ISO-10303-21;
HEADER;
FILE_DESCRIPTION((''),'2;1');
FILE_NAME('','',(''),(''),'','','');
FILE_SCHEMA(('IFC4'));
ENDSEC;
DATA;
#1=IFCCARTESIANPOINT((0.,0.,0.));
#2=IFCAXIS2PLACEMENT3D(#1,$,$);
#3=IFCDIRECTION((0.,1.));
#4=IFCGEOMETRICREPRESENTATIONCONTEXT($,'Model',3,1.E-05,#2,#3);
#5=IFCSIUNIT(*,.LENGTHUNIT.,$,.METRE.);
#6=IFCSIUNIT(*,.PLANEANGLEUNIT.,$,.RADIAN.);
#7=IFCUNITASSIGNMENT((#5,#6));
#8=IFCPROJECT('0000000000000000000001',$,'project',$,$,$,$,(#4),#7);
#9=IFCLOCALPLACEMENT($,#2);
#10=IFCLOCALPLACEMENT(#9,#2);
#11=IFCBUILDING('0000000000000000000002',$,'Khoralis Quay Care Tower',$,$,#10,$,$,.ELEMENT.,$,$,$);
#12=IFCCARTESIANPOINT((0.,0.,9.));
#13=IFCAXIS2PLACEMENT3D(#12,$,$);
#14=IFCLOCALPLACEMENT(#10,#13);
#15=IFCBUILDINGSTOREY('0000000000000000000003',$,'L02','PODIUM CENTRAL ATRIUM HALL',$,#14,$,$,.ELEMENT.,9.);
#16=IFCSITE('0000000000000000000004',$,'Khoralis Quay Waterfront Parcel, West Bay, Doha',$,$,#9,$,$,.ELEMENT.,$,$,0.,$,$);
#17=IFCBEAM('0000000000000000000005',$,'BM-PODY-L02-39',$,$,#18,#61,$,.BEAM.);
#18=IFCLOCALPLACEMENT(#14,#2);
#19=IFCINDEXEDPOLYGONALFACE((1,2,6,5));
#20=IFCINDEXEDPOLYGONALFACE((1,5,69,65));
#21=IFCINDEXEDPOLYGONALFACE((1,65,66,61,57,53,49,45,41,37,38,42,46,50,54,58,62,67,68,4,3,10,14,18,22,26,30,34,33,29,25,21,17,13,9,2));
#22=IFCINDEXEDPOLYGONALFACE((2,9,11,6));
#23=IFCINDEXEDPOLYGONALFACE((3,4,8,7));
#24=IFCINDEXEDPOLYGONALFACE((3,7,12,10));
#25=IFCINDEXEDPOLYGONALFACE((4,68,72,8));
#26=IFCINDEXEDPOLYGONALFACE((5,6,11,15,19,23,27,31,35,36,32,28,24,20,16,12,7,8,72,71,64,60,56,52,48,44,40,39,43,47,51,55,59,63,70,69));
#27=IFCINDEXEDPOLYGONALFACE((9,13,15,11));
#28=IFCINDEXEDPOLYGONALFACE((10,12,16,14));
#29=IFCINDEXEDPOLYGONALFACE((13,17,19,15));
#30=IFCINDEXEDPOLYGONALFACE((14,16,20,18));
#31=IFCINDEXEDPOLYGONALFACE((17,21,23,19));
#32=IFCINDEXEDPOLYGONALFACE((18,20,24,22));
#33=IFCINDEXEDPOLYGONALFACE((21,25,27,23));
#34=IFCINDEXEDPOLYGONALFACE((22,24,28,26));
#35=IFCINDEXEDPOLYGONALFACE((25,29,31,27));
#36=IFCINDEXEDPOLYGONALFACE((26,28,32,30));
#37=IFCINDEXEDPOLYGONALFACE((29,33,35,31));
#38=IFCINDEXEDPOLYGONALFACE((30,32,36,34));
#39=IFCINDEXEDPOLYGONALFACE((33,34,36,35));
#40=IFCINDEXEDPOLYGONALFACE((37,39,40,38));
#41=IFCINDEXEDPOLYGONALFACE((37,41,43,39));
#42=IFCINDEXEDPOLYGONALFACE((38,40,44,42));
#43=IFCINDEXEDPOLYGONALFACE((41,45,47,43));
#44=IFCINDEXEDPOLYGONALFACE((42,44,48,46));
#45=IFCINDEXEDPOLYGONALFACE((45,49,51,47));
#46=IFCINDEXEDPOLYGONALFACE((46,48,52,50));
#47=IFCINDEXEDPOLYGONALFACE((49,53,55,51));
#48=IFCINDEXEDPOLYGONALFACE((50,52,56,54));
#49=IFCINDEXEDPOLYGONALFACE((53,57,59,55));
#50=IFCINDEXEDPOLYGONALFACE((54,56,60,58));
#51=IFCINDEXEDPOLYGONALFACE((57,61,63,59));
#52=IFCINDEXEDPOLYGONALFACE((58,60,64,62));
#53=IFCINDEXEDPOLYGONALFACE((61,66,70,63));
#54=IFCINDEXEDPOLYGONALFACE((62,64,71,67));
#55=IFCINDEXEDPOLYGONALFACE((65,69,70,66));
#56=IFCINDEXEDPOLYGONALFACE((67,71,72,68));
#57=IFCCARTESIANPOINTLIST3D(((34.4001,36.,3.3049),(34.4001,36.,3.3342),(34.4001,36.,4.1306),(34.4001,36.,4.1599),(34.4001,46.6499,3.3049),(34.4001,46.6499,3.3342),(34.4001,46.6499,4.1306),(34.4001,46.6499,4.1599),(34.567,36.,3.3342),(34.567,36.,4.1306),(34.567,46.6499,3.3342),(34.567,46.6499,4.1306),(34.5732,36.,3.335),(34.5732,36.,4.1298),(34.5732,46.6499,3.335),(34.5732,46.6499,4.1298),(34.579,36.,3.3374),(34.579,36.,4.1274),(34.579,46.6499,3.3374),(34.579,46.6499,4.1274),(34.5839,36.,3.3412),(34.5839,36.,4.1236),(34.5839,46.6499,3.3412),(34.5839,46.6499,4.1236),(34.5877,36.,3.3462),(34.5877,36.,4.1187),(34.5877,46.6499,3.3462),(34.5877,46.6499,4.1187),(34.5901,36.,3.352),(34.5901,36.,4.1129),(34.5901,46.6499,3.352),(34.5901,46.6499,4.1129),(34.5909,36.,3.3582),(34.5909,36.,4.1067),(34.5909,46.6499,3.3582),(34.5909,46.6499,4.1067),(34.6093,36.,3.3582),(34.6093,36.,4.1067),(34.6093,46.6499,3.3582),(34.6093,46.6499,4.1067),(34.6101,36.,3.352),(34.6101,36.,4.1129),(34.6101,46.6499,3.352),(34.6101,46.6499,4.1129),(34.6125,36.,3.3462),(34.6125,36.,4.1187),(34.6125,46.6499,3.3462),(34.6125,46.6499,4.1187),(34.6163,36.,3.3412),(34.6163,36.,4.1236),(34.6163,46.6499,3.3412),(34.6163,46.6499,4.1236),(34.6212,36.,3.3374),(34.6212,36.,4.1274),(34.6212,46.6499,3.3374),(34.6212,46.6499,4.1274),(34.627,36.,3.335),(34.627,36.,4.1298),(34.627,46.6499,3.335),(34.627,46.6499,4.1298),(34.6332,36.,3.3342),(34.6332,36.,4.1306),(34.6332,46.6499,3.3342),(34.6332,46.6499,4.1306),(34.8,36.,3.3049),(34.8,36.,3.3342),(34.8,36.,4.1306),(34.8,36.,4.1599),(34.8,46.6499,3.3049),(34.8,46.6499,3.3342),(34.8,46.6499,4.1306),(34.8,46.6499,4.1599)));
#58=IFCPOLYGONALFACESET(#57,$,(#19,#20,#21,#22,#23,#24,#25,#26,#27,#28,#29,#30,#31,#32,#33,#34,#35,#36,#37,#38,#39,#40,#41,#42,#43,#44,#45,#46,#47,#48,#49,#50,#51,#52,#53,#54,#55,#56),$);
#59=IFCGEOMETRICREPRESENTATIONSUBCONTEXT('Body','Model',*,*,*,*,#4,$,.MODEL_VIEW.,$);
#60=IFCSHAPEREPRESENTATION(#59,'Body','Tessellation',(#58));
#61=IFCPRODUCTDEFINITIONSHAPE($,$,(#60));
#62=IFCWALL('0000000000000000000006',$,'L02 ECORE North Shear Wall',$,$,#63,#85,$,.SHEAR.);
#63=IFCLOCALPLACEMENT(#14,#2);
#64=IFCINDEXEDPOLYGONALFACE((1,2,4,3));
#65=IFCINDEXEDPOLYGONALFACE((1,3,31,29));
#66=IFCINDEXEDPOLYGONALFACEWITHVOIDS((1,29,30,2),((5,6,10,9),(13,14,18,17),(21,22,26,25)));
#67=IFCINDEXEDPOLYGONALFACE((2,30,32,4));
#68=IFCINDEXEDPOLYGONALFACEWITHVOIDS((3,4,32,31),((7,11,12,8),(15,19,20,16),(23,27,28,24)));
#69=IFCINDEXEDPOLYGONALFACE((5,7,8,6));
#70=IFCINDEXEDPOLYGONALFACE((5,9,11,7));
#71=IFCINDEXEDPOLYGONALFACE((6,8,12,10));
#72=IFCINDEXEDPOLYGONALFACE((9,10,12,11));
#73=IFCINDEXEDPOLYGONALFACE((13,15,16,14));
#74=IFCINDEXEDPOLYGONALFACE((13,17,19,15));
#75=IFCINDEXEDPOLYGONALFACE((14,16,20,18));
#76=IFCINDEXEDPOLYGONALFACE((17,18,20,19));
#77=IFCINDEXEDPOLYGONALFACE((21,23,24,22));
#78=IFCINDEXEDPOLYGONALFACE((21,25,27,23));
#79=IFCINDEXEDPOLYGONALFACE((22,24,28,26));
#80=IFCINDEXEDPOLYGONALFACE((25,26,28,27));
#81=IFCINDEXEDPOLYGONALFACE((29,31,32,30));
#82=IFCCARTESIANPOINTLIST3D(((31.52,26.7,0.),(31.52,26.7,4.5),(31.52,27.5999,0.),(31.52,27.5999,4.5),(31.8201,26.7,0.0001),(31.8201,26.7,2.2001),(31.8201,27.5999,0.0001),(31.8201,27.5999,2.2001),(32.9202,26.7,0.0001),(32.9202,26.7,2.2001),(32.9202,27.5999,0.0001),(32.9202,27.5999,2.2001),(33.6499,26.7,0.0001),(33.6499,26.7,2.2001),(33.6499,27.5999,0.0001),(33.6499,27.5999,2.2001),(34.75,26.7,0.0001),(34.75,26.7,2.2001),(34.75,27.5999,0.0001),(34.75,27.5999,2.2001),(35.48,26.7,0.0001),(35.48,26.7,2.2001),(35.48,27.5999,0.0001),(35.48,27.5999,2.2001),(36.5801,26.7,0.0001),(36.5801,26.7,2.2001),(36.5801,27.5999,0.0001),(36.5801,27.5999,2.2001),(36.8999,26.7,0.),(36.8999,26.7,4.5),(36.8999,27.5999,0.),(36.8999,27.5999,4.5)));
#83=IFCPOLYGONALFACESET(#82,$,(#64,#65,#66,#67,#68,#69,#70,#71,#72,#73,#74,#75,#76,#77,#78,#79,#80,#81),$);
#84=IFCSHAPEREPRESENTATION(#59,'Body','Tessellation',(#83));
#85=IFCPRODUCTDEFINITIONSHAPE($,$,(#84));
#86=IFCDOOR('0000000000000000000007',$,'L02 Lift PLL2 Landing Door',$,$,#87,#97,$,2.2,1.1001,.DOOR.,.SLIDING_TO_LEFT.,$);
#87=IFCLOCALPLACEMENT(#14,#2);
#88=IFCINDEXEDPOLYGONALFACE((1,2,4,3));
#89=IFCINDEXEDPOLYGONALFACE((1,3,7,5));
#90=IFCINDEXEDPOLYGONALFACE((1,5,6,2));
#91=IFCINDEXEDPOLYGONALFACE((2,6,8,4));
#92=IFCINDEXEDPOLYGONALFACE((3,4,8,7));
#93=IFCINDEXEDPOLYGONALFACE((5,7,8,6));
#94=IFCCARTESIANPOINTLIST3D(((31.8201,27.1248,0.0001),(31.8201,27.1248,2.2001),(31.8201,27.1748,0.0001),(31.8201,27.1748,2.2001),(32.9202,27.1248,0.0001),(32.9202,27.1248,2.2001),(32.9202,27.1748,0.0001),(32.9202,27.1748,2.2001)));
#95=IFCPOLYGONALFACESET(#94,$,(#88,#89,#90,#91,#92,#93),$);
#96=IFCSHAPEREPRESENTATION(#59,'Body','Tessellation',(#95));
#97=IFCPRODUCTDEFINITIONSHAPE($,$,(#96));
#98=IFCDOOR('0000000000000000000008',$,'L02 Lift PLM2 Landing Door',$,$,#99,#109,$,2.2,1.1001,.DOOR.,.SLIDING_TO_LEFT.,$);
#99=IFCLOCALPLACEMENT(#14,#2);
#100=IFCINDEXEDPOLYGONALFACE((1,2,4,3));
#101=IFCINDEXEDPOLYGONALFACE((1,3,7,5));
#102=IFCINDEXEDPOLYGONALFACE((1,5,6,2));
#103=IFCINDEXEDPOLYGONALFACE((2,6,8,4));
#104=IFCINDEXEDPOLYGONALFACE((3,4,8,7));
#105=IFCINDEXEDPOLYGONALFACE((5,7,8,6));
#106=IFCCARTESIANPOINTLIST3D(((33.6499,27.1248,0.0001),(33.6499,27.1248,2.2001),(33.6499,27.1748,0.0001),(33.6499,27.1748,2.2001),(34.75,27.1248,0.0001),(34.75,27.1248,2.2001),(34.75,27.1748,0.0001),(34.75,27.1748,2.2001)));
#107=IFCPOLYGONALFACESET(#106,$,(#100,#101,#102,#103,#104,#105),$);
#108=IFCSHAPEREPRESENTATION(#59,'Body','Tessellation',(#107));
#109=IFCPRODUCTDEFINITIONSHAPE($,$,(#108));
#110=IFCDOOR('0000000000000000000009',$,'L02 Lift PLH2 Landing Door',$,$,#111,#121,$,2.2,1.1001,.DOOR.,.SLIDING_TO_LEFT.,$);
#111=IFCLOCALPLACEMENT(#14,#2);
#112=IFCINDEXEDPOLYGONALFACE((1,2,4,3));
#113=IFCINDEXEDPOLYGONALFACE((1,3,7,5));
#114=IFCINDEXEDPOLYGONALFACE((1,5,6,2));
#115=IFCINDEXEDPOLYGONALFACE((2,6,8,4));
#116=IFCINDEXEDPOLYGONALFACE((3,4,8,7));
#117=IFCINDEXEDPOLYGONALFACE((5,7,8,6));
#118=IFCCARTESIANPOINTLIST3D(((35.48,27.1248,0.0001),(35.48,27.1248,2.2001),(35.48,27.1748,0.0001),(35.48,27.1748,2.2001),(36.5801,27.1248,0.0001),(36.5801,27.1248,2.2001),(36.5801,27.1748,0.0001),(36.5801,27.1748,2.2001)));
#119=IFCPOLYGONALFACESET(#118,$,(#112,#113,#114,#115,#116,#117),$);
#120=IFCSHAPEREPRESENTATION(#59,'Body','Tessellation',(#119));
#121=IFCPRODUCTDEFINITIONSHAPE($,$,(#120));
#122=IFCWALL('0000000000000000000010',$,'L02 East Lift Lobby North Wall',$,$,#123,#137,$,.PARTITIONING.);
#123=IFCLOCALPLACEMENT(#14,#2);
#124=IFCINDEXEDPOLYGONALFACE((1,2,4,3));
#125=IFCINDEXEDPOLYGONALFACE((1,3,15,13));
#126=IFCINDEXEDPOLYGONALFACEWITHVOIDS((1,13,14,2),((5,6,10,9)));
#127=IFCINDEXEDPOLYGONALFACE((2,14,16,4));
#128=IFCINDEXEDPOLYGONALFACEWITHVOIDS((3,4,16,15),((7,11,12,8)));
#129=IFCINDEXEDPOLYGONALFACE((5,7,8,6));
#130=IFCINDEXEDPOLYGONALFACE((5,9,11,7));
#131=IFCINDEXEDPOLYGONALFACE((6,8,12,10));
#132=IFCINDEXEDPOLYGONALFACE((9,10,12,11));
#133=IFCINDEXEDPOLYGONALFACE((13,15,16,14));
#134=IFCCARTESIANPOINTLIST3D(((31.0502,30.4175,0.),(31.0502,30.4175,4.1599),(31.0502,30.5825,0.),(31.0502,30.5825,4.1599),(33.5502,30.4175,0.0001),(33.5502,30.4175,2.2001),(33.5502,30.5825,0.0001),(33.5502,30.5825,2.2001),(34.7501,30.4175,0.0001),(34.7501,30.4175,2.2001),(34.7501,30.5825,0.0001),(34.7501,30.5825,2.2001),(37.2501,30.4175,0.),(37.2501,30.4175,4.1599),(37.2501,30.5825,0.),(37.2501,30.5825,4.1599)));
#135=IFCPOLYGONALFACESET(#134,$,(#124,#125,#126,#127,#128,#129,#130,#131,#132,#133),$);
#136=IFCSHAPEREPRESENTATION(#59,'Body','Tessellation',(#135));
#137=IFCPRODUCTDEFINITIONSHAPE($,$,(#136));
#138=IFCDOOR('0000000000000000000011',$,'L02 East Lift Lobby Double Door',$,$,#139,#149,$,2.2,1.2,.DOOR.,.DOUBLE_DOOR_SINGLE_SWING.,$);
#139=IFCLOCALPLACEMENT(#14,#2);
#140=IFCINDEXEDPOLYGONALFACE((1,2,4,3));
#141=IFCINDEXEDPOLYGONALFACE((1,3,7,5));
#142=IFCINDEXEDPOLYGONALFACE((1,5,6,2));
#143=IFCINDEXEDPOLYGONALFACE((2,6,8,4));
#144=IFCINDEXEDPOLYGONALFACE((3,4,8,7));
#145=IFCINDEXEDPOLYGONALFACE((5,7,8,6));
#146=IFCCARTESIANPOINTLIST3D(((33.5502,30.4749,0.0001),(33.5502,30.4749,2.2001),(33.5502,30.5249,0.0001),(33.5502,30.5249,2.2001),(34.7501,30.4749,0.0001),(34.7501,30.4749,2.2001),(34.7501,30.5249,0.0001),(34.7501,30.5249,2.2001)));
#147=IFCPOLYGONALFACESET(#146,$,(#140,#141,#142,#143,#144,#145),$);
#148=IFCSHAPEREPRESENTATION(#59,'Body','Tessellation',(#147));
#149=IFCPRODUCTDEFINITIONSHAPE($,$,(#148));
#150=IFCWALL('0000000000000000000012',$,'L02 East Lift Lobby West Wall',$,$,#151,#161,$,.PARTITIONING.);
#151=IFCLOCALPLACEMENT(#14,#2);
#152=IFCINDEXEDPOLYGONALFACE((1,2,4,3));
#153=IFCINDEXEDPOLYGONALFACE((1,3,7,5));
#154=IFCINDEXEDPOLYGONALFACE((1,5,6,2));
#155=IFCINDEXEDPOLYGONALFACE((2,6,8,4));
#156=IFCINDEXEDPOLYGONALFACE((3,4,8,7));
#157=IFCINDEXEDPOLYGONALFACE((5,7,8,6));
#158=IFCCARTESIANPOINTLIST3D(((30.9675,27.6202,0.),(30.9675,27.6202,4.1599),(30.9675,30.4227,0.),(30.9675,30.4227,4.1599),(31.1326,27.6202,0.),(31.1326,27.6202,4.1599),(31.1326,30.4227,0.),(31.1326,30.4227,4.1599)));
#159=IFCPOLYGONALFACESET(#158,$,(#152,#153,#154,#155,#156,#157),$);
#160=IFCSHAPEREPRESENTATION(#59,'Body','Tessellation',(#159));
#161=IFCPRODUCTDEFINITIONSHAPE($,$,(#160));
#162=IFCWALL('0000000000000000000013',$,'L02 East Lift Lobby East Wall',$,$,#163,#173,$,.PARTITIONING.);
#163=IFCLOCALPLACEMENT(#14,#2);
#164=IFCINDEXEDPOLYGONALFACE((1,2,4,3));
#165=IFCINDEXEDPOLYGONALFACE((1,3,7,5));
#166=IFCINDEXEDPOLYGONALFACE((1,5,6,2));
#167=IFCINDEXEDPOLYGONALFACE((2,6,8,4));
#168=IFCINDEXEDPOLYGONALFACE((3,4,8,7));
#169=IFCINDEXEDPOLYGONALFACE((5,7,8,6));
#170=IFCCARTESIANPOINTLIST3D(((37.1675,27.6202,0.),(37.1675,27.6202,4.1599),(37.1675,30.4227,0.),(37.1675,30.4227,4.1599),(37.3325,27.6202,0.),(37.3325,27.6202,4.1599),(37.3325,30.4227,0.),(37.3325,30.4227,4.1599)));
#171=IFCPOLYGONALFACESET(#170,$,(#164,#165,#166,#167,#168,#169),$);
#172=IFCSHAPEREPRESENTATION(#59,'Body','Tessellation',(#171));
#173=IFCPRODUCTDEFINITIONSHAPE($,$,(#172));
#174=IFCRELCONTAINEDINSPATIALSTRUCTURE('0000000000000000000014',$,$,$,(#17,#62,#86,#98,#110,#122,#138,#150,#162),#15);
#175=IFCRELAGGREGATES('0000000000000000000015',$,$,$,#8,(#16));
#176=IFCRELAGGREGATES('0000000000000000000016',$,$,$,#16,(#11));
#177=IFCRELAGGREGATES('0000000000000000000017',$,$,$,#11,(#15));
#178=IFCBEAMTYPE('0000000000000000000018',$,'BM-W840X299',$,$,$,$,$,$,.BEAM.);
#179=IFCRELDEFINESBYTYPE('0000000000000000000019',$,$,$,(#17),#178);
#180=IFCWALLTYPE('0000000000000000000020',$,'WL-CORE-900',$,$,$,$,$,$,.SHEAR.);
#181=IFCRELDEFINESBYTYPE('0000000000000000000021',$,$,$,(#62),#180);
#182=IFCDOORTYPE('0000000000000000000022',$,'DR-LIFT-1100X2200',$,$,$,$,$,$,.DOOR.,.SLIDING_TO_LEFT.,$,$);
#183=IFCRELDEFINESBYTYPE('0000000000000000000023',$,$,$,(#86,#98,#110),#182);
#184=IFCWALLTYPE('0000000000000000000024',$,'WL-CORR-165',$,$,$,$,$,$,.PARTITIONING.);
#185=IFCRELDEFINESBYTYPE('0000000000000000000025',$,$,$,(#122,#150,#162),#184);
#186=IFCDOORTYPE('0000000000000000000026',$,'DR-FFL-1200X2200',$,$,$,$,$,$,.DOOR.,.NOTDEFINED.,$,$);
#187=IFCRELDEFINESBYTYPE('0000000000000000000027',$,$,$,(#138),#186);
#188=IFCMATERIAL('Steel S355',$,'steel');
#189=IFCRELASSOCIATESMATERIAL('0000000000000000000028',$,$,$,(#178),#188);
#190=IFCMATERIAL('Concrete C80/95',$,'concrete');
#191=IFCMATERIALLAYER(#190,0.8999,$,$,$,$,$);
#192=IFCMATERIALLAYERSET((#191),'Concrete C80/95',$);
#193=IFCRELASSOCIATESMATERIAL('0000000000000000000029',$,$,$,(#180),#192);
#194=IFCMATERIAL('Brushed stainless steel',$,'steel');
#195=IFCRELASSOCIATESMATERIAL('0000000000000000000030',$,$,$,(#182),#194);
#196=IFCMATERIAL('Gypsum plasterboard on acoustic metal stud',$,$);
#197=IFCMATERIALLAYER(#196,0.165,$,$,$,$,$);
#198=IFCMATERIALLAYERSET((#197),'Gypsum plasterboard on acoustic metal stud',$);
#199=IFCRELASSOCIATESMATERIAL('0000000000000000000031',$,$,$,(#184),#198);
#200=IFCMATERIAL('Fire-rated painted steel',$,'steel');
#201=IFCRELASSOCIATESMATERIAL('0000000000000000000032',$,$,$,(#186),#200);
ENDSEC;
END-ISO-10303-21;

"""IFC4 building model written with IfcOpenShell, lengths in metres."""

from ifc_helpers import new_model, si_unit, direction, frame, frame_2d, origin, origin_2d, place, context, subcontext, project, spatial, rectangle, i_section, extrude, source, transform, mapped, material, layer, layer_set, material_profile, profile_set, type_object, element, fill, save


model = new_model("IFC4")

# Units and contexts
model_context = context("Model", 3, precision=1e-05, world=origin(), true_north=direction((0.0, 1.0)))
body_context = subcontext(model_context, "Body", "Model", "MODEL_VIEW")
ifc_project = project(units=[si_unit("LENGTHUNIT", "METRE"), si_unit("PLANEANGLEUNIT", "RADIAN")], contexts=[model_context])

# Site, building, storey
site_placement = place(None, origin())
site = spatial("IfcSite", under=ifc_project, at=site_placement, Name="Khoralis Quay Waterfront Parcel, West Bay, Doha", CompositionType="ELEMENT", RefElevation=0.0)
building_placement = place(site_placement, origin())
building = spatial("IfcBuilding", under=site, at=building_placement, Name="Khoralis Quay Care Tower", CompositionType="ELEMENT")
storey_placement = place(building_placement, frame((0.0, 0.0, 9.0)))
storey = spatial("IfcBuildingStorey", under=building, at=storey_placement, Name="L02", Description="PODIUM CENTRAL ATRIUM HALL", CompositionType="ELEMENT", Elevation=9.0)

# Shared definitions
ifc_material_1 = material(Name="Concrete C80/95", Category="concrete")

# Beam
ifc_material_2 = material(Name="Steel S355", Category="steel")
ifc_material_profile_1 = material_profile(ifc_material_2, i_section(OverallWidth=0.3999, OverallDepth=0.855, WebThickness=0.0183, FlangeThickness=0.0293, FilletRadius=0.0239, at=origin_2d()), Name="Steel S355")
ifc_profile_set_1 = profile_set([ifc_material_profile_1], Name="Steel S355")
beam_type_1 = type_object("IfcBeamType", Name="BM-W840X299", PredefinedType="BEAM", material=ifc_profile_set_1)
shared_shape_1 = source(origin(), body_context, "Body", "SweptSolid", [
    extrude(i_section(OverallWidth=0.3999, OverallDepth=0.855, WebThickness=0.0183, FlangeThickness=0.0293, FilletRadius=0.0239, at=origin_2d()), origin(), (0.0, 0.0, 1.0), 10.6499),
])
for number, where, z_axis, x_axis, name in (
    (1, (34.6001, 36.0, 3.7324), (0.0, 1.0, 0.0), (-1.0, 0.0, 0.0), "BM-PODY-L02-39"),
):
    element("IfcBeam", number, at=place(storey_placement, frame(where, z_axis=z_axis, x_axis=x_axis)), inside=storey, type_object=beam_type_1, Name=name, PredefinedType="BEAM", context=body_context, shape_type="MappedRepresentation", body=[
        mapped(shared_shape_1, transform((0.0, 0.0, 0.0), scale=1.0)),
    ])

# Wall, openings, doors
ifc_layer_1 = layer(ifc_material_1, 0.8999)
ifc_layer_set_1 = layer_set([ifc_layer_1], Name="Concrete C80/95")
wall_type_1 = type_object("IfcWallType", Name="WL-CORE-900", PredefinedType="SHEAR", material=ifc_layer_set_1)
wall_1_placement = place(storey_placement, frame((31.52, 27.1499, 0.0), z_axis=(0.0, 0.0, 1.0), x_axis=(1.0, 0.0, 0.0)))
wall_1 = element("IfcWall", 2, at=wall_1_placement, inside=storey, type_object=wall_type_1, Name="L02 ECORE North Shear Wall", PredefinedType="SHEAR", context=body_context, shape_type="SweptSolid", body=[
    extrude(rectangle(XDim=5.3799, YDim=0.8999, at=frame_2d((2.6899, 0.0))), origin(), (0.0, 0.0, 1.0), 4.5),
])
opening_1_placement = place(wall_1_placement, frame((0.3, 0.0, 0.0)))
opening_1 = element("IfcOpeningElement", 3, at=opening_1_placement, cuts=wall_1, PredefinedType="OPENING", context=body_context, shape_type="SweptSolid", body=[
    extrude(rectangle(XDim=1.1001, YDim=2.2, at=frame_2d((0.55, 1.1001))), frame((0.0, 0.46, 0.0), z_axis=(0.0, -1.0, 0.0), x_axis=(1.0, 0.0, 0.0)), (0.0, 0.0, 1.0), 0.9199),
])
opening_2_placement = place(wall_1_placement, frame((2.1299, 0.0, 0.0)))
opening_2 = element("IfcOpeningElement", 4, at=opening_2_placement, cuts=wall_1, PredefinedType="OPENING", context=body_context, shape_type="SweptSolid", body=[
    extrude(rectangle(XDim=1.1001, YDim=2.2, at=frame_2d((0.55, 1.1001))), frame((0.0, 0.46, 0.0), z_axis=(0.0, -1.0, 0.0), x_axis=(1.0, 0.0, 0.0)), (0.0, 0.0, 1.0), 0.9199),
])
opening_3_placement = place(wall_1_placement, frame((3.96, 0.0, 0.0)))
opening_3 = element("IfcOpeningElement", 5, at=opening_3_placement, cuts=wall_1, PredefinedType="OPENING", context=body_context, shape_type="SweptSolid", body=[
    extrude(rectangle(XDim=1.1001, YDim=2.2, at=frame_2d((0.55, 1.1001))), frame((0.0, 0.46, 0.0), z_axis=(0.0, -1.0, 0.0), x_axis=(1.0, 0.0, 0.0)), (0.0, 0.0, 1.0), 0.9199),
])
ifc_material_3 = material(Name="Brushed stainless steel", Category="steel")
door_type_1 = type_object("IfcDoorType", Name="DR-LIFT-1100X2200", OperationType="SLIDING_TO_LEFT", PredefinedType="DOOR", material=ifc_material_3)
shared_shape_2 = source(origin(), body_context, "Body", "SweptSolid", [
    extrude(rectangle(XDim=1.1001, YDim=2.2, at=frame_2d((0.55, 1.1001))), frame((0.0, 0.0249, 0.0), z_axis=(0.0, -1.0, 0.0), x_axis=(1.0, 0.0, 0.0)), (0.0, 0.0, 1.0), 0.05),
])
door_1_placement = place(opening_1_placement, origin())
door_1 = element("IfcDoor", 6, at=door_1_placement, inside=storey, type_object=door_type_1, Name="L02 Lift PLL2 Landing Door", OperationType="SLIDING_TO_LEFT", OverallHeight=2.2, OverallWidth=1.1001, PredefinedType="DOOR", context=body_context, shape_type="MappedRepresentation", body=[
    mapped(shared_shape_2, transform((0.0, 0.0, 0.0), scale=1.0)),
])
fill(opening_1, door_1)
door_2_placement = place(opening_2_placement, origin())
door_2 = element("IfcDoor", 7, at=door_2_placement, inside=storey, type_object=door_type_1, Name="L02 Lift PLM2 Landing Door", OperationType="SLIDING_TO_LEFT", OverallHeight=2.2, OverallWidth=1.1001, PredefinedType="DOOR", context=body_context, shape_type="MappedRepresentation", body=[
    mapped(shared_shape_2, transform((0.0, 0.0, 0.0), scale=1.0)),
])
fill(opening_2, door_2)
door_3_placement = place(opening_3_placement, origin())
door_3 = element("IfcDoor", 8, at=door_3_placement, inside=storey, type_object=door_type_1, Name="L02 Lift PLH2 Landing Door", OperationType="SLIDING_TO_LEFT", OverallHeight=2.2, OverallWidth=1.1001, PredefinedType="DOOR", context=body_context, shape_type="MappedRepresentation", body=[
    mapped(shared_shape_2, transform((0.0, 0.0, 0.0), scale=1.0)),
])
fill(opening_3, door_3)

# Wall, opening, door
ifc_material_4 = material(Name="Gypsum plasterboard on acoustic metal stud")
ifc_layer_2 = layer(ifc_material_4, 0.165)
ifc_layer_set_2 = layer_set([ifc_layer_2], Name="Gypsum plasterboard on acoustic metal stud")
wall_type_2 = type_object("IfcWallType", Name="WL-CORR-165", PredefinedType="PARTITIONING", material=ifc_layer_set_2)
wall_2_placement = place(storey_placement, frame((31.05, 30.5, 0.0), z_axis=(0.0, 0.0, 1.0), x_axis=(1.0, 0.0, 0.0)))
wall_2 = element("IfcWall", 9, at=wall_2_placement, inside=storey, type_object=wall_type_2, Name="L02 East Lift Lobby North Wall", PredefinedType="PARTITIONING", context=body_context, shape_type="SweptSolid", body=[
    extrude(rectangle(XDim=6.2, YDim=0.165, at=frame_2d((3.1001, 0.0))), origin(), (0.0, 0.0, 1.0), 4.1599),
])
opening_4_placement = place(wall_2_placement, frame((2.5, 0.0, 0.0)))
opening_4 = element("IfcOpeningElement", 10, at=opening_4_placement, cuts=wall_2, PredefinedType="OPENING", context=body_context, shape_type="SweptSolid", body=[
    extrude(rectangle(XDim=1.2, YDim=2.2, at=frame_2d((0.6001, 1.1001))), frame((0.0, 0.0925, 0.0), z_axis=(0.0, -1.0, 0.0), x_axis=(1.0, 0.0, 0.0)), (0.0, 0.0, 1.0), 0.1851),
])
ifc_material_5 = material(Name="Fire-rated painted steel", Category="steel")
door_type_2 = type_object("IfcDoorType", Name="DR-FFL-1200X2200", OperationType="NOTDEFINED", PredefinedType="DOOR", material=ifc_material_5)
shared_shape_3 = source(origin(), body_context, "Body", "SweptSolid", [
    extrude(rectangle(XDim=1.2, YDim=2.2, at=frame_2d((0.6001, 1.1001))), frame((0.0, 0.0249, 0.0), z_axis=(0.0, -1.0, 0.0), x_axis=(1.0, 0.0, 0.0)), (0.0, 0.0, 1.0), 0.05),
])
door_4_placement = place(opening_4_placement, origin())
door_4 = element("IfcDoor", 11, at=door_4_placement, inside=storey, type_object=door_type_2, Name="L02 East Lift Lobby Double Door", OperationType="DOUBLE_DOOR_SINGLE_SWING", OverallHeight=2.2, OverallWidth=1.2, PredefinedType="DOOR", context=body_context, shape_type="MappedRepresentation", body=[
    mapped(shared_shape_3, transform((0.0, 0.0, 0.0), scale=1.0)),
])
fill(opening_4, door_4)

# Walls
for number, where, z_axis, x_axis, name in (
    (12, (31.05, 27.6201, 0.0), (0.0, 0.0, 1.0), (0.0, 1.0, 0.0), "L02 East Lift Lobby West Wall"),
    (13, (37.25, 27.6201, 0.0), (0.0, 0.0, 1.0), (0.0, 1.0, 0.0), "L02 East Lift Lobby East Wall"),
):
    element("IfcWall", number, at=place(storey_placement, frame(where, z_axis=z_axis, x_axis=x_axis)), inside=storey, type_object=wall_type_2, Name=name, PredefinedType="PARTITIONING", context=body_context, shape_type="SweptSolid", body=[
        extrude(rectangle(XDim=2.8025, YDim=0.165, at=frame_2d((1.4014, 0.0))), origin(), (0.0, 0.0, 1.0), 4.1599),
    ])

save(model, "model.ifc")
